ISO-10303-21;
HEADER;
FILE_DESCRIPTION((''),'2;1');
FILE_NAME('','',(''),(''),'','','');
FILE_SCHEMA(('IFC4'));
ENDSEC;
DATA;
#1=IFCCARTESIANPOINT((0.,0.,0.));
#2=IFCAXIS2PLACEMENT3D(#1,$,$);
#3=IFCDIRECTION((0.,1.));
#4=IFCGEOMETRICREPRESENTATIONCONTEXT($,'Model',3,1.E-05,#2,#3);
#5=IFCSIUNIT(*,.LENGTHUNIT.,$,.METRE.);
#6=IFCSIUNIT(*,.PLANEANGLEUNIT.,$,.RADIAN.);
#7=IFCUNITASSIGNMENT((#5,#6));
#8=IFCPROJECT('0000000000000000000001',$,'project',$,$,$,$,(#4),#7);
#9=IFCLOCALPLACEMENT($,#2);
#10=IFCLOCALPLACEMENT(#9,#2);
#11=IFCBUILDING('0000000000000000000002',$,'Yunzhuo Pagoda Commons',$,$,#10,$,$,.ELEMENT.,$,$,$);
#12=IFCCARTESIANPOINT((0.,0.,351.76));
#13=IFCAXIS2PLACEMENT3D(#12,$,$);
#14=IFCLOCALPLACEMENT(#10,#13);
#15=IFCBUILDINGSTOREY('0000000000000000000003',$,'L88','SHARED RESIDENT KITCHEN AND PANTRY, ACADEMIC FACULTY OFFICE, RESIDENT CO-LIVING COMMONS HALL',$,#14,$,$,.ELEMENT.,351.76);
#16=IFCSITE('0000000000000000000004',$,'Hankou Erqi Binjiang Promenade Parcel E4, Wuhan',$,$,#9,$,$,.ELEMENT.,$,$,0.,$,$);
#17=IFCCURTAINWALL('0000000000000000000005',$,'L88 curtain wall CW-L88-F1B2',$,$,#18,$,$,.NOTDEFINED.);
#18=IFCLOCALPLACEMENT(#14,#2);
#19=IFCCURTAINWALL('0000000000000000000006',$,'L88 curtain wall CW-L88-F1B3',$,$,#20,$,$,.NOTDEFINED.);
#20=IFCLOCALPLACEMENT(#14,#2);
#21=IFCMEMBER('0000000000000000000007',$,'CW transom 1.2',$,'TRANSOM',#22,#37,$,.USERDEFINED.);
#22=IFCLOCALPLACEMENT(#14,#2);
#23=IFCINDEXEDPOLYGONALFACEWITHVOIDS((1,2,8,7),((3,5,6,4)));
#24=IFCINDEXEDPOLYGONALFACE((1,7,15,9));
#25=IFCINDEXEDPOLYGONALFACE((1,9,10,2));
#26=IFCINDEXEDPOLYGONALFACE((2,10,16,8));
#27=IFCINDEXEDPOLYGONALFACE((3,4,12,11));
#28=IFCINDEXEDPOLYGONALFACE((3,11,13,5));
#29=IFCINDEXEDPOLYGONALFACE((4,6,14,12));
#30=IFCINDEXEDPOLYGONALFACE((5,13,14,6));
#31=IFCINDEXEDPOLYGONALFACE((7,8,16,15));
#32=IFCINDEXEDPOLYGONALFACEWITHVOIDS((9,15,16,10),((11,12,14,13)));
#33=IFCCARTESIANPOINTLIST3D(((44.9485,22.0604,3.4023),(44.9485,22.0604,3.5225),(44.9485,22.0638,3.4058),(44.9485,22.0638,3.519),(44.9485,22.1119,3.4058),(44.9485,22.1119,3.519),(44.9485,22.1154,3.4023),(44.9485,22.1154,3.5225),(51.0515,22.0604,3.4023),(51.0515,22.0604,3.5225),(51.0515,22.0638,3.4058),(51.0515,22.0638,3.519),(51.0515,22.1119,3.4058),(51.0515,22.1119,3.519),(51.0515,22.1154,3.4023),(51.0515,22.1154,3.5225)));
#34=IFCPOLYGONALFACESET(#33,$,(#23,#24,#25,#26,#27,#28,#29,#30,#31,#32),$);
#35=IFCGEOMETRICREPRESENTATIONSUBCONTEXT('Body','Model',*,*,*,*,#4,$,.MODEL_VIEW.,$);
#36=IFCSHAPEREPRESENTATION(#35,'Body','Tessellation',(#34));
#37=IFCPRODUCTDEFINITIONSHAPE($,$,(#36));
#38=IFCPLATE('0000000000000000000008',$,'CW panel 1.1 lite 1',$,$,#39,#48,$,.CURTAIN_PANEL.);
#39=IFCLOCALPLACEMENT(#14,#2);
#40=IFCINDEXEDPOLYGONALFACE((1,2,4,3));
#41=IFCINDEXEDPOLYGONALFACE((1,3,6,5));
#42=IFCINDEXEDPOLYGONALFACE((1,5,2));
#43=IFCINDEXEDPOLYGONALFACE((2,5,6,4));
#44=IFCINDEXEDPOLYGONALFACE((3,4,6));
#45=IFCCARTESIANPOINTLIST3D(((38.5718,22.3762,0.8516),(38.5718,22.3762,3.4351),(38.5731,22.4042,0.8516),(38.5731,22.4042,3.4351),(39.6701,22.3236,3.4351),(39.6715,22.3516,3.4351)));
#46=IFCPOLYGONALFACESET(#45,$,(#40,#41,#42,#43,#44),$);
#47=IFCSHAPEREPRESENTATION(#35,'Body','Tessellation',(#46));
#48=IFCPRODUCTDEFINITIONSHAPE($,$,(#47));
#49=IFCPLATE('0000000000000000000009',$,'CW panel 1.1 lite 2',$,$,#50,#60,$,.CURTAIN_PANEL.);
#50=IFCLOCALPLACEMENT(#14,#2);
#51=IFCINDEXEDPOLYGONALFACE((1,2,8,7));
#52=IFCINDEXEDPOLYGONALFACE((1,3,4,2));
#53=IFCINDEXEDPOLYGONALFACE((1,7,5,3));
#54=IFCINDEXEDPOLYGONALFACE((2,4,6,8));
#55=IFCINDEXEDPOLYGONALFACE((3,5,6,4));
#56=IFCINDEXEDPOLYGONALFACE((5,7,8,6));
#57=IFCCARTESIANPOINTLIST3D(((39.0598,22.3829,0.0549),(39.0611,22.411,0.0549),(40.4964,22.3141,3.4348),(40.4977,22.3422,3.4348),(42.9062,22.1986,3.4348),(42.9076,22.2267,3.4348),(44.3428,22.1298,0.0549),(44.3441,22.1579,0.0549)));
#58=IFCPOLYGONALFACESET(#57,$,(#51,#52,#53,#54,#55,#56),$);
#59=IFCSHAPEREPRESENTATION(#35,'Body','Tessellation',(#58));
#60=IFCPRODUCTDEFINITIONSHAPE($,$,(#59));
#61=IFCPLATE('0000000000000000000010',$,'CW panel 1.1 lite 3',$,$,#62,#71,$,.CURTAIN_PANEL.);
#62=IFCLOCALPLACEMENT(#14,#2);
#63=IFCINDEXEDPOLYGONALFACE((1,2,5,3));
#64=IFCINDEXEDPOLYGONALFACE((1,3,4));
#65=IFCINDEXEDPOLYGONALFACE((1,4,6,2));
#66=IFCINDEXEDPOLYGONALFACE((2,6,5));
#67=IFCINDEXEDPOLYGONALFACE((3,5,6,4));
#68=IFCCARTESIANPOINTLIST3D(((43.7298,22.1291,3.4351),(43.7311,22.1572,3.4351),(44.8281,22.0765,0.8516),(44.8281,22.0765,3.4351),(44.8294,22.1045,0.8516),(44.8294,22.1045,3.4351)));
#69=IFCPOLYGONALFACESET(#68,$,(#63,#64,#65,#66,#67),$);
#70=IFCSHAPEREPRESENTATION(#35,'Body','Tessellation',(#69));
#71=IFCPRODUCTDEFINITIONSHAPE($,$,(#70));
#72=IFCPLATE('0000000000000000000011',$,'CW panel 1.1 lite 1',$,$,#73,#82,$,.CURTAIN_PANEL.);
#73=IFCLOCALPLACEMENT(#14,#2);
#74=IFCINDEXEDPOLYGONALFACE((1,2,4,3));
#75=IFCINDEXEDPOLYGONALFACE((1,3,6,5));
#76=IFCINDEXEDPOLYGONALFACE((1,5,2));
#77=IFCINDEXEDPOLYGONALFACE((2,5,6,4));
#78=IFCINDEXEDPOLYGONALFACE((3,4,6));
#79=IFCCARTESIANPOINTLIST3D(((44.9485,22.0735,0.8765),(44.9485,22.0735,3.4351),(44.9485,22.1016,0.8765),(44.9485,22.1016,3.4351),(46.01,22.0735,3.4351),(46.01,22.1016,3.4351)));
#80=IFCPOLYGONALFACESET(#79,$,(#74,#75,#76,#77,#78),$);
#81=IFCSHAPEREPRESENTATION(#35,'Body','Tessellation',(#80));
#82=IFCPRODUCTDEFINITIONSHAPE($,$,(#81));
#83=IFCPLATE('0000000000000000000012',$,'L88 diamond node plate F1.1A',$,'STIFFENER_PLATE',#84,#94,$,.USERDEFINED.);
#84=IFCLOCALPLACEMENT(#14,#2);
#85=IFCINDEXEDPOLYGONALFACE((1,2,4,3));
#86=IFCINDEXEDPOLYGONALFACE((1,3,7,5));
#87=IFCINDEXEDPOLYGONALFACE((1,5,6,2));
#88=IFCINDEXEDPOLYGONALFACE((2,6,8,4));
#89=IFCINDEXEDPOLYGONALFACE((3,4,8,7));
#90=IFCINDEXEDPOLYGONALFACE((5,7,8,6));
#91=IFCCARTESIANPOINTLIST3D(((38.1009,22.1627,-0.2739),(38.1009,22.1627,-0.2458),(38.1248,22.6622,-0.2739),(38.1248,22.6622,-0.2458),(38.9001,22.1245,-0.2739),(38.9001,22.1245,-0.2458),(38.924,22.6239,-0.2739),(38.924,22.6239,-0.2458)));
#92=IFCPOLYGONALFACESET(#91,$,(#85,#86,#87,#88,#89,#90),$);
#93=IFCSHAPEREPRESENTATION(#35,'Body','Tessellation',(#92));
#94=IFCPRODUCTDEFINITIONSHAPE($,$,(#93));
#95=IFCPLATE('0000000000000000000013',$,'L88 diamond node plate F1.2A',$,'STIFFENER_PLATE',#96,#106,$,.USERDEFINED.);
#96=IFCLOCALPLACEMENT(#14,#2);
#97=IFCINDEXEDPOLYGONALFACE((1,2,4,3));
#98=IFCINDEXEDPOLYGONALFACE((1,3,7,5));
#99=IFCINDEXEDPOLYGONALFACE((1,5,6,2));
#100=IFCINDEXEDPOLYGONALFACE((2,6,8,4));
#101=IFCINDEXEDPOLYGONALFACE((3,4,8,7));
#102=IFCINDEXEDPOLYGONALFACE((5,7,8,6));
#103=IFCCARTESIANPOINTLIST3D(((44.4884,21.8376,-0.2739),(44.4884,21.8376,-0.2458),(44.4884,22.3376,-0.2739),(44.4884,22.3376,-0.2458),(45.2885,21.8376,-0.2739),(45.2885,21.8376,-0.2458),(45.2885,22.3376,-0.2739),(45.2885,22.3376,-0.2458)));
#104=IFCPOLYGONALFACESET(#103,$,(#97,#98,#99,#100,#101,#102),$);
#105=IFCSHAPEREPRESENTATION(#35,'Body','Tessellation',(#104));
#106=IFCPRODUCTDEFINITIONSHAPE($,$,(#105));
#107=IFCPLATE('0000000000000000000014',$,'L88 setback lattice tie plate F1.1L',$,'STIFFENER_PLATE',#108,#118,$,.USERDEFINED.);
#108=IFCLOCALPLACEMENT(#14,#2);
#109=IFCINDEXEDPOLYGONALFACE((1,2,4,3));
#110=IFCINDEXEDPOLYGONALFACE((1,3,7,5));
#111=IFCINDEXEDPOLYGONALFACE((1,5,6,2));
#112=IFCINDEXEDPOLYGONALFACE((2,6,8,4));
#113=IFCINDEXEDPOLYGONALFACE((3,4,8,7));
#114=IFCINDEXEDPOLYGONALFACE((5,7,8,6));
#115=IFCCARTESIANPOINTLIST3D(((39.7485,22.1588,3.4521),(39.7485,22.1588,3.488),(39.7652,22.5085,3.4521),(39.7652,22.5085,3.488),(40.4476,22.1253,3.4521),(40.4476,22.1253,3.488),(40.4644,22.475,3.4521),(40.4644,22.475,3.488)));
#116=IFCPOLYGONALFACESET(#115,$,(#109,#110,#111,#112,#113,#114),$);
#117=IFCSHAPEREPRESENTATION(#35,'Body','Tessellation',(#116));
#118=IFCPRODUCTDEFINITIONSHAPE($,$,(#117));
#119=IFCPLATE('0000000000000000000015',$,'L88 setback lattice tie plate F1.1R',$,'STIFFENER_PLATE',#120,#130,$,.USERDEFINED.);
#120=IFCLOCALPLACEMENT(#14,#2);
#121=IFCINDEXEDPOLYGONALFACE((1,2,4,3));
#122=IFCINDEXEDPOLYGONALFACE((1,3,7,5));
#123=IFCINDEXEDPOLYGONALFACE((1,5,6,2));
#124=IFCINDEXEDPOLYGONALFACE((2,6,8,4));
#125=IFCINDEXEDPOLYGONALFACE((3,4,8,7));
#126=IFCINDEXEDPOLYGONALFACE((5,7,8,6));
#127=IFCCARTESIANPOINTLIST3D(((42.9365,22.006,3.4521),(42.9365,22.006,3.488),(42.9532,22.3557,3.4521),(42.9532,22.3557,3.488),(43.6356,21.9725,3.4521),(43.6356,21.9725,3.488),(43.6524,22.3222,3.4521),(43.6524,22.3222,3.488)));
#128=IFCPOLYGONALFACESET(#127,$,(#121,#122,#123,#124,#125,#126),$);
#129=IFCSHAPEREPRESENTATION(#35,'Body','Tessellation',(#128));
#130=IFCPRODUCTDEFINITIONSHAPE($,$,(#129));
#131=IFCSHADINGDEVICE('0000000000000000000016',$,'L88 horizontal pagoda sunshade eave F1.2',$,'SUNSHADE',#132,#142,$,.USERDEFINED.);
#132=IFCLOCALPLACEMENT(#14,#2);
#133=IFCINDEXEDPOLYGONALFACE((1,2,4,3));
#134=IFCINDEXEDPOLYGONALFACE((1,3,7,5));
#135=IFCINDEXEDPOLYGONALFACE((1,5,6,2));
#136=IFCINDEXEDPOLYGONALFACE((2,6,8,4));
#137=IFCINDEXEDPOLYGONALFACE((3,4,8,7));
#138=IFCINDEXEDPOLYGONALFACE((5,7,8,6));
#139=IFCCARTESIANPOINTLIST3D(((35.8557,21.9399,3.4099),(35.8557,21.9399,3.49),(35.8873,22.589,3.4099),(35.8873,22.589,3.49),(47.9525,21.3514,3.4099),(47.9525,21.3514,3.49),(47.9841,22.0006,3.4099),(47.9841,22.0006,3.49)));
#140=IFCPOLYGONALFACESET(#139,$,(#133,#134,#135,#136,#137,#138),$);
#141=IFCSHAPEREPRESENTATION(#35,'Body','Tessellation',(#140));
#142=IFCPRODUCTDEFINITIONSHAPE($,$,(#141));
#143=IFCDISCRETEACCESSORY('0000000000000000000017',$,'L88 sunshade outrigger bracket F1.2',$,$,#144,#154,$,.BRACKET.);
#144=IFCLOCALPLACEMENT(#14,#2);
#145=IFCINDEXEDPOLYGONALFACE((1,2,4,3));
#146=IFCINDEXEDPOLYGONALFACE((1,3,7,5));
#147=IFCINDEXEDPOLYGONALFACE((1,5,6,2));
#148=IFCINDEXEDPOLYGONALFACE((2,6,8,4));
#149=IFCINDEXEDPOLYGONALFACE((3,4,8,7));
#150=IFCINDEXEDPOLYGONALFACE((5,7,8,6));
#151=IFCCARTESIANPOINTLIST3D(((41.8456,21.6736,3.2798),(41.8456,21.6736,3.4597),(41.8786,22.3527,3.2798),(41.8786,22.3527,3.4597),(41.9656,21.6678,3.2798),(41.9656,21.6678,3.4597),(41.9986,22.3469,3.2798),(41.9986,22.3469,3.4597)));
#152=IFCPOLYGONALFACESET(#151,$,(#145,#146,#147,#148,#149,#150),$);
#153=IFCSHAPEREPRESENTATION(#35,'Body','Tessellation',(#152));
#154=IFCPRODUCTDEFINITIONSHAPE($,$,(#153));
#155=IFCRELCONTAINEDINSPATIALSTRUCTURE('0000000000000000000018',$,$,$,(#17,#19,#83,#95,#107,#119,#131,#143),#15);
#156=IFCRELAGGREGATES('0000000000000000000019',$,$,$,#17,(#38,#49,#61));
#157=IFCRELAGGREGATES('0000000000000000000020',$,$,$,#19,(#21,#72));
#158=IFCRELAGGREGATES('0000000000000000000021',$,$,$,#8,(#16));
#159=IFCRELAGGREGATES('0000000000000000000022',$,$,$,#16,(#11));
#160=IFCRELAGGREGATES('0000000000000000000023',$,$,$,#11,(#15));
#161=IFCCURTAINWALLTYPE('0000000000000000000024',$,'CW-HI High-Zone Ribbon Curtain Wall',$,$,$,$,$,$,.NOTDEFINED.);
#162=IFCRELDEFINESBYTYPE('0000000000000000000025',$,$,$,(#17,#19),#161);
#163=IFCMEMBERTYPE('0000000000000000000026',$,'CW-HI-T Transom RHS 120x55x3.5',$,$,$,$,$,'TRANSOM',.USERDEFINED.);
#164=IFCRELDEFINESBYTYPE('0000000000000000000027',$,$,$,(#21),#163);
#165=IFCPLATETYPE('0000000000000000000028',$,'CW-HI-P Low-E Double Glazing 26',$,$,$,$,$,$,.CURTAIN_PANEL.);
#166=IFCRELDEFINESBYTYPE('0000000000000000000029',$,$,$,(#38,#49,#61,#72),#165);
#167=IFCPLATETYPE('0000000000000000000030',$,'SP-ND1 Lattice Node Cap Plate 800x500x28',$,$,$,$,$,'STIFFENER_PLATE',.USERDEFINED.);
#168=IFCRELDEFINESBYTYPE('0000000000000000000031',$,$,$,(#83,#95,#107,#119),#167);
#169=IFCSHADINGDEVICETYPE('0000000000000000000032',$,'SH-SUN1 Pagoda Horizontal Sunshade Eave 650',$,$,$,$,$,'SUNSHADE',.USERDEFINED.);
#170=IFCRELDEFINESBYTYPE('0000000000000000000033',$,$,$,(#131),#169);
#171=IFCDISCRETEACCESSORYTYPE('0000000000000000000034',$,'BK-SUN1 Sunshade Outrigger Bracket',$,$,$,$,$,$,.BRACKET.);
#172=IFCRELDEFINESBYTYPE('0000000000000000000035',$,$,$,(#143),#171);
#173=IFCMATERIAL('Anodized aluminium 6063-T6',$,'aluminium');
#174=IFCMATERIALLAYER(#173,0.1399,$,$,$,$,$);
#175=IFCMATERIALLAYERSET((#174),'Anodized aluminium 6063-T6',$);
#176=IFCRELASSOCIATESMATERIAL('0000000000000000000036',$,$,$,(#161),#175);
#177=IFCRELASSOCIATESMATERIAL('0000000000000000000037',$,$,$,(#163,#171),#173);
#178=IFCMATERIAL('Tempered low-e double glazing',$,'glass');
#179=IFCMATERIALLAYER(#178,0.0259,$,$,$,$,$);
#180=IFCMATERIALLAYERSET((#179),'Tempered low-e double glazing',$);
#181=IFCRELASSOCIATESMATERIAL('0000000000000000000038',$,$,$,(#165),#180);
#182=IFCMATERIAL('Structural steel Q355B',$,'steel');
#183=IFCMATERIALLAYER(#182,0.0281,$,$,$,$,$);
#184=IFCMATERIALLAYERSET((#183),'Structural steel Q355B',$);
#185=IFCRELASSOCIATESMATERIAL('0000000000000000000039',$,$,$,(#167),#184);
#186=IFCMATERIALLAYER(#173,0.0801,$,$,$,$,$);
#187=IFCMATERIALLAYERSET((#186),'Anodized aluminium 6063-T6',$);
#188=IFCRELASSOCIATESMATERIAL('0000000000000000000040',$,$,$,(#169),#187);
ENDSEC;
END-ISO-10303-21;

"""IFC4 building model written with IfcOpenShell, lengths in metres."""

from ifc_helpers import new_model, si_unit, direction, frame, origin, origin_2d, place, context, subcontext, project, spatial, polyline, rectangle, hollow_rectangle, outline, extrude, source, transform, mapped, material, layer, layer_set, material_profile, profile_set, type_object, element, aggregate, save


model = new_model("IFC4")

# Units and contexts
model_context = context("Model", 3, precision=1e-05, world=origin(), true_north=direction((0.0, 1.0)))
body_context = subcontext(model_context, "Body", "Model", "MODEL_VIEW")
ifc_project = project(units=[si_unit("LENGTHUNIT", "METRE"), si_unit("PLANEANGLEUNIT", "RADIAN")], contexts=[model_context])

# Site, building, storey
site_placement = place(None, origin())
site = spatial("IfcSite", under=ifc_project, at=site_placement, Name="Hankou Erqi Binjiang Promenade Parcel E4, Wuhan", CompositionType="ELEMENT", RefElevation=0.0)
building_placement = place(site_placement, origin())
building = spatial("IfcBuilding", under=site, at=building_placement, Name="Yunzhuo Pagoda Commons", CompositionType="ELEMENT")
storey_placement = place(building_placement, frame((0.0, 0.0, 351.76)))
storey = spatial("IfcBuildingStorey", under=building, at=storey_placement, Name="L88", Description="SHARED RESIDENT KITCHEN AND PANTRY, ACADEMIC FACULTY OFFICE, RESIDENT CO-LIVING COMMONS HALL", CompositionType="ELEMENT", Elevation=351.76)

# Shared definitions
ifc_material_1 = material(Name="Structural steel Q355B", Category="steel")

# Curtain walls, member
ifc_material_2 = material(Name="Anodized aluminium 6063-T6", Category="aluminium")
ifc_layer_1 = layer(ifc_material_2, 0.1399)
ifc_layer_set_1 = layer_set([ifc_layer_1], Name="Anodized aluminium 6063-T6")
curtain_wall_type = type_object("IfcCurtainWallType", Name="CW-HI High-Zone Ribbon Curtain Wall", PredefinedType="NOTDEFINED", material=ifc_layer_set_1)
curtain_wall_1_placement = place(storey_placement, origin())
curtain_wall_1 = element("IfcCurtainWall", 1, at=curtain_wall_1_placement, inside=storey, type_object=curtain_wall_type, Name="L88 curtain wall CW-L88-F1B2", PredefinedType="NOTDEFINED")
ifc_material_profile_1 = material_profile(ifc_material_2, hollow_rectangle(XDim=0.0549, YDim=0.1201, WallThickness=0.0034, at=origin_2d()), Name="Anodized aluminium 6063-T6")
ifc_profile_set_1 = profile_set([ifc_material_profile_1], Name="Anodized aluminium 6063-T6")
member_type_1 = type_object("IfcMemberType", Name="CW-HI-T Transom RHS 120x55x3.5", ElementType="TRANSOM", PredefinedType="USERDEFINED", material=ifc_profile_set_1)
curtain_wall_2_placement = place(storey_placement, origin())
curtain_wall_2 = element("IfcCurtainWall", 2, at=curtain_wall_2_placement, inside=storey, type_object=curtain_wall_type, Name="L88 curtain wall CW-L88-F1B3", PredefinedType="NOTDEFINED")
shared_shape_1 = source(origin(), body_context, "Body", "SweptSolid", [
    extrude(hollow_rectangle(XDim=0.0549, YDim=0.1201, WallThickness=0.0034, at=origin_2d()), origin(), (0.0, 0.0, 1.0), 6.103),
])
member_1_placement = place(storey_placement, frame((44.9485, 22.0879, 3.4624), z_axis=(1.0, 0.0, 0.0), x_axis=(0.0, 1.0, 0.0)))
member_1 = element("IfcMember", 3, at=member_1_placement, type_object=member_type_1, Name="CW transom 1.2", ObjectType="TRANSOM", PredefinedType="USERDEFINED", context=body_context, shape_type="MappedRepresentation", body=[
    mapped(shared_shape_1, transform((0.0, 0.0, 0.0), scale=1.0)),
])

# Plates
ifc_material_3 = material(Name="Tempered low-e double glazing", Category="glass")
ifc_layer_2 = layer(ifc_material_3, 0.0259)
ifc_layer_set_2 = layer_set([ifc_layer_2], Name="Tempered low-e double glazing")
plate_type_1 = type_object("IfcPlateType", Name="CW-HI-P Low-E Double Glazing 26", PredefinedType="CURTAIN_PANEL", material=ifc_layer_set_2)
plate_1_placement = place(storey_placement, frame((39.1223, 22.3779, 2.1433), z_axis=(-0.047859, -0.998854, 0.0), x_axis=(0.998854, -0.047859, 0.0)))
plate_1 = element("IfcPlate", 4, at=plate_1_placement, type_object=plate_type_1, Name="CW panel 1.1 lite 1", PredefinedType="CURTAIN_PANEL", context=body_context, shape_type="SweptSolid", body=[
    extrude(outline(polyline([(-0.5498, -1.2917), (0.5498, 1.2917), (-0.5498, 1.2917), (-0.5498, -1.2917)])), origin(), (0.0, 0.0, 1.0), 0.0281),
])
plate_2_placement = place(storey_placement, frame((41.7026, 22.2844, 1.7449), z_axis=(-0.047859, -0.998854, 0.0), x_axis=(0.998854, -0.047859, 0.0)))
plate_2 = element("IfcPlate", 5, at=plate_2_placement, type_object=plate_type_1, Name="CW panel 1.1 lite 2", PredefinedType="CURTAIN_PANEL", context=body_context, shape_type="SweptSolid", body=[
    extrude(outline(polyline([(-2.6445, -1.6899), (2.6445, -1.6899), (1.2063, 1.6899), (-1.2063, 1.6899), (-2.6445, -1.6899)])), origin(), (0.0, 0.0, 1.0), 0.0281),
])
plate_3_placement = place(storey_placement, frame((44.2803, 22.1309, 2.1433), z_axis=(-0.047859, -0.998854, 0.0), x_axis=(0.998854, -0.047859, 0.0)))
plate_3 = element("IfcPlate", 6, at=plate_3_placement, type_object=plate_type_1, Name="CW panel 1.1 lite 3", PredefinedType="CURTAIN_PANEL", context=body_context, shape_type="SweptSolid", body=[
    extrude(outline(polyline([(-0.5498, 1.2917), (0.5498, -1.2917), (0.5498, 1.2917), (-0.5498, 1.2917)])), origin(), (0.0, 0.0, 1.0), 0.0281),
])
aggregate(curtain_wall_1, [plate_1, plate_2, plate_3])
plate_4_placement = place(storey_placement, frame((45.4792, 22.1016, 2.1558), z_axis=(0.0, -1.0, 0.0), x_axis=(1.0, 0.0, 0.0)))
plate_4 = element("IfcPlate", 7, at=plate_4_placement, type_object=plate_type_1, Name="CW panel 1.1 lite 1", PredefinedType="CURTAIN_PANEL", context=body_context, shape_type="SweptSolid", body=[
    extrude(outline(polyline([(-0.5308, -1.2793), (0.5308, 1.2793), (-0.5308, 1.2793), (-0.5308, -1.2793)])), origin(), (0.0, 0.0, 1.0), 0.0281),
])
aggregate(curtain_wall_2, [member_1, plate_4])

# Plates
ifc_layer_3 = layer(ifc_material_1, 0.0281)
ifc_layer_set_3 = layer_set([ifc_layer_3], Name="Structural steel Q355B")
plate_type_2 = type_object("IfcPlateType", Name="SP-ND1 Lattice Node Cap Plate 800x500x28", ElementType="STIFFENER_PLATE", PredefinedType="USERDEFINED", material=ifc_layer_set_3)
shared_shape_2 = source(origin(), body_context, "Body", "SweptSolid", [
    extrude(rectangle(XDim=0.8, YDim=0.5, at=origin_2d()), origin(), (0.0, 0.0, 1.0), 0.0281),
])
for number, where, z_axis, x_axis, name in (
    (8, (38.5125, 22.3933, -0.2739), (0.0, 0.0, 1.0), (0.998854, -0.047856, 0.0), "L88 diamond node plate F1.1A"),
    (9, (44.8884, 22.0876, -0.2739), (0.0, 0.0, 1.0), (1.0, 0.0, 0.0), "L88 diamond node plate F1.2A"),
):
    element("IfcPlate", number, at=place(storey_placement, frame(where, z_axis=z_axis, x_axis=x_axis)), inside=storey, type_object=plate_type_2, Name=name, ObjectType="STIFFENER_PLATE", PredefinedType="USERDEFINED", context=body_context, shape_type="MappedRepresentation", body=[
        mapped(shared_shape_2, transform((0.0, 0.0, 0.0), scale=1.0)),
    ])
shared_shape_3 = source(origin(), body_context, "Body", "SweptSolid", [
    extrude(rectangle(XDim=0.7, YDim=0.3501, at=origin_2d()), origin(), (0.0, 0.0, 1.0), 0.0359),
])
for number, where, z_axis, x_axis, name in (
    (10, (40.1064, 22.3169, 3.4521), (0.0, 0.0, 1.0), (0.998854, -0.047856, 0.0), "L88 setback lattice tie plate F1.1L"),
    (11, (43.2944, 22.1641, 3.4521), (0.0, 0.0, 1.0), (0.998854, -0.047856, 0.0), "L88 setback lattice tie plate F1.1R"),
):
    element("IfcPlate", number, at=place(storey_placement, frame(where, z_axis=z_axis, x_axis=x_axis)), inside=storey, type_object=plate_type_2, Name=name, ObjectType="STIFFENER_PLATE", PredefinedType="USERDEFINED", context=body_context, shape_type="MappedRepresentation", body=[
        mapped(shared_shape_3, transform((0.0, 0.0, 0.0), scale=1.0)),
    ])

# Shading device
ifc_layer_4 = layer(ifc_material_2, 0.0801)
ifc_layer_set_4 = layer_set([ifc_layer_4], Name="Anodized aluminium 6063-T6")
shading_device_type = type_object("IfcShadingDeviceType", Name="SH-SUN1 Pagoda Horizontal Sunshade Eave 650", ElementType="SUNSHADE", PredefinedType="USERDEFINED", material=ifc_layer_set_4)
shared_shape_4 = source(origin(), body_context, "Body", "SweptSolid", [
    extrude(rectangle(XDim=12.1111, YDim=0.6499, at=origin_2d()), origin(), (0.0, 0.0, 1.0), 0.0801),
])
shading_device_placement = place(storey_placement, frame((41.9199, 21.9702, 3.4099), z_axis=(0.0, 0.0, 1.0), x_axis=(0.998819, -0.048588, 0.0)))
element("IfcShadingDevice", 12, at=shading_device_placement, inside=storey, type_object=shading_device_type, Name="L88 horizontal pagoda sunshade eave F1.2", ObjectType="SUNSHADE", PredefinedType="USERDEFINED", context=body_context, shape_type="MappedRepresentation", body=[
    mapped(shared_shape_4, transform((0.0, 0.0, 0.0), scale=1.0)),
])

# Discrete accessory
discrete_accessory_type = type_object("IfcDiscreteAccessoryType", Name="BK-SUN1 Sunshade Outrigger Bracket", PredefinedType="BRACKET", material=ifc_material_2)
shared_shape_5 = source(origin(), body_context, "Body", "SweptSolid", [
    extrude(rectangle(XDim=0.1201, YDim=0.6799, at=origin_2d()), origin(), (0.0, 0.0, 1.0), 0.1799),
])
discrete_accessory_placement = place(storey_placement, frame((41.9221, 22.0103, 3.2798), z_axis=(0.0, 0.0, 1.0), x_axis=(0.998819, -0.048588, 0.0)))
element("IfcDiscreteAccessory", 13, at=discrete_accessory_placement, inside=storey, type_object=discrete_accessory_type, Name="L88 sunshade outrigger bracket F1.2", PredefinedType="BRACKET", context=body_context, shape_type="MappedRepresentation", body=[
    mapped(shared_shape_5, transform((0.0, 0.0, 0.0), scale=1.0)),
])

save(model, "model.ifc")
